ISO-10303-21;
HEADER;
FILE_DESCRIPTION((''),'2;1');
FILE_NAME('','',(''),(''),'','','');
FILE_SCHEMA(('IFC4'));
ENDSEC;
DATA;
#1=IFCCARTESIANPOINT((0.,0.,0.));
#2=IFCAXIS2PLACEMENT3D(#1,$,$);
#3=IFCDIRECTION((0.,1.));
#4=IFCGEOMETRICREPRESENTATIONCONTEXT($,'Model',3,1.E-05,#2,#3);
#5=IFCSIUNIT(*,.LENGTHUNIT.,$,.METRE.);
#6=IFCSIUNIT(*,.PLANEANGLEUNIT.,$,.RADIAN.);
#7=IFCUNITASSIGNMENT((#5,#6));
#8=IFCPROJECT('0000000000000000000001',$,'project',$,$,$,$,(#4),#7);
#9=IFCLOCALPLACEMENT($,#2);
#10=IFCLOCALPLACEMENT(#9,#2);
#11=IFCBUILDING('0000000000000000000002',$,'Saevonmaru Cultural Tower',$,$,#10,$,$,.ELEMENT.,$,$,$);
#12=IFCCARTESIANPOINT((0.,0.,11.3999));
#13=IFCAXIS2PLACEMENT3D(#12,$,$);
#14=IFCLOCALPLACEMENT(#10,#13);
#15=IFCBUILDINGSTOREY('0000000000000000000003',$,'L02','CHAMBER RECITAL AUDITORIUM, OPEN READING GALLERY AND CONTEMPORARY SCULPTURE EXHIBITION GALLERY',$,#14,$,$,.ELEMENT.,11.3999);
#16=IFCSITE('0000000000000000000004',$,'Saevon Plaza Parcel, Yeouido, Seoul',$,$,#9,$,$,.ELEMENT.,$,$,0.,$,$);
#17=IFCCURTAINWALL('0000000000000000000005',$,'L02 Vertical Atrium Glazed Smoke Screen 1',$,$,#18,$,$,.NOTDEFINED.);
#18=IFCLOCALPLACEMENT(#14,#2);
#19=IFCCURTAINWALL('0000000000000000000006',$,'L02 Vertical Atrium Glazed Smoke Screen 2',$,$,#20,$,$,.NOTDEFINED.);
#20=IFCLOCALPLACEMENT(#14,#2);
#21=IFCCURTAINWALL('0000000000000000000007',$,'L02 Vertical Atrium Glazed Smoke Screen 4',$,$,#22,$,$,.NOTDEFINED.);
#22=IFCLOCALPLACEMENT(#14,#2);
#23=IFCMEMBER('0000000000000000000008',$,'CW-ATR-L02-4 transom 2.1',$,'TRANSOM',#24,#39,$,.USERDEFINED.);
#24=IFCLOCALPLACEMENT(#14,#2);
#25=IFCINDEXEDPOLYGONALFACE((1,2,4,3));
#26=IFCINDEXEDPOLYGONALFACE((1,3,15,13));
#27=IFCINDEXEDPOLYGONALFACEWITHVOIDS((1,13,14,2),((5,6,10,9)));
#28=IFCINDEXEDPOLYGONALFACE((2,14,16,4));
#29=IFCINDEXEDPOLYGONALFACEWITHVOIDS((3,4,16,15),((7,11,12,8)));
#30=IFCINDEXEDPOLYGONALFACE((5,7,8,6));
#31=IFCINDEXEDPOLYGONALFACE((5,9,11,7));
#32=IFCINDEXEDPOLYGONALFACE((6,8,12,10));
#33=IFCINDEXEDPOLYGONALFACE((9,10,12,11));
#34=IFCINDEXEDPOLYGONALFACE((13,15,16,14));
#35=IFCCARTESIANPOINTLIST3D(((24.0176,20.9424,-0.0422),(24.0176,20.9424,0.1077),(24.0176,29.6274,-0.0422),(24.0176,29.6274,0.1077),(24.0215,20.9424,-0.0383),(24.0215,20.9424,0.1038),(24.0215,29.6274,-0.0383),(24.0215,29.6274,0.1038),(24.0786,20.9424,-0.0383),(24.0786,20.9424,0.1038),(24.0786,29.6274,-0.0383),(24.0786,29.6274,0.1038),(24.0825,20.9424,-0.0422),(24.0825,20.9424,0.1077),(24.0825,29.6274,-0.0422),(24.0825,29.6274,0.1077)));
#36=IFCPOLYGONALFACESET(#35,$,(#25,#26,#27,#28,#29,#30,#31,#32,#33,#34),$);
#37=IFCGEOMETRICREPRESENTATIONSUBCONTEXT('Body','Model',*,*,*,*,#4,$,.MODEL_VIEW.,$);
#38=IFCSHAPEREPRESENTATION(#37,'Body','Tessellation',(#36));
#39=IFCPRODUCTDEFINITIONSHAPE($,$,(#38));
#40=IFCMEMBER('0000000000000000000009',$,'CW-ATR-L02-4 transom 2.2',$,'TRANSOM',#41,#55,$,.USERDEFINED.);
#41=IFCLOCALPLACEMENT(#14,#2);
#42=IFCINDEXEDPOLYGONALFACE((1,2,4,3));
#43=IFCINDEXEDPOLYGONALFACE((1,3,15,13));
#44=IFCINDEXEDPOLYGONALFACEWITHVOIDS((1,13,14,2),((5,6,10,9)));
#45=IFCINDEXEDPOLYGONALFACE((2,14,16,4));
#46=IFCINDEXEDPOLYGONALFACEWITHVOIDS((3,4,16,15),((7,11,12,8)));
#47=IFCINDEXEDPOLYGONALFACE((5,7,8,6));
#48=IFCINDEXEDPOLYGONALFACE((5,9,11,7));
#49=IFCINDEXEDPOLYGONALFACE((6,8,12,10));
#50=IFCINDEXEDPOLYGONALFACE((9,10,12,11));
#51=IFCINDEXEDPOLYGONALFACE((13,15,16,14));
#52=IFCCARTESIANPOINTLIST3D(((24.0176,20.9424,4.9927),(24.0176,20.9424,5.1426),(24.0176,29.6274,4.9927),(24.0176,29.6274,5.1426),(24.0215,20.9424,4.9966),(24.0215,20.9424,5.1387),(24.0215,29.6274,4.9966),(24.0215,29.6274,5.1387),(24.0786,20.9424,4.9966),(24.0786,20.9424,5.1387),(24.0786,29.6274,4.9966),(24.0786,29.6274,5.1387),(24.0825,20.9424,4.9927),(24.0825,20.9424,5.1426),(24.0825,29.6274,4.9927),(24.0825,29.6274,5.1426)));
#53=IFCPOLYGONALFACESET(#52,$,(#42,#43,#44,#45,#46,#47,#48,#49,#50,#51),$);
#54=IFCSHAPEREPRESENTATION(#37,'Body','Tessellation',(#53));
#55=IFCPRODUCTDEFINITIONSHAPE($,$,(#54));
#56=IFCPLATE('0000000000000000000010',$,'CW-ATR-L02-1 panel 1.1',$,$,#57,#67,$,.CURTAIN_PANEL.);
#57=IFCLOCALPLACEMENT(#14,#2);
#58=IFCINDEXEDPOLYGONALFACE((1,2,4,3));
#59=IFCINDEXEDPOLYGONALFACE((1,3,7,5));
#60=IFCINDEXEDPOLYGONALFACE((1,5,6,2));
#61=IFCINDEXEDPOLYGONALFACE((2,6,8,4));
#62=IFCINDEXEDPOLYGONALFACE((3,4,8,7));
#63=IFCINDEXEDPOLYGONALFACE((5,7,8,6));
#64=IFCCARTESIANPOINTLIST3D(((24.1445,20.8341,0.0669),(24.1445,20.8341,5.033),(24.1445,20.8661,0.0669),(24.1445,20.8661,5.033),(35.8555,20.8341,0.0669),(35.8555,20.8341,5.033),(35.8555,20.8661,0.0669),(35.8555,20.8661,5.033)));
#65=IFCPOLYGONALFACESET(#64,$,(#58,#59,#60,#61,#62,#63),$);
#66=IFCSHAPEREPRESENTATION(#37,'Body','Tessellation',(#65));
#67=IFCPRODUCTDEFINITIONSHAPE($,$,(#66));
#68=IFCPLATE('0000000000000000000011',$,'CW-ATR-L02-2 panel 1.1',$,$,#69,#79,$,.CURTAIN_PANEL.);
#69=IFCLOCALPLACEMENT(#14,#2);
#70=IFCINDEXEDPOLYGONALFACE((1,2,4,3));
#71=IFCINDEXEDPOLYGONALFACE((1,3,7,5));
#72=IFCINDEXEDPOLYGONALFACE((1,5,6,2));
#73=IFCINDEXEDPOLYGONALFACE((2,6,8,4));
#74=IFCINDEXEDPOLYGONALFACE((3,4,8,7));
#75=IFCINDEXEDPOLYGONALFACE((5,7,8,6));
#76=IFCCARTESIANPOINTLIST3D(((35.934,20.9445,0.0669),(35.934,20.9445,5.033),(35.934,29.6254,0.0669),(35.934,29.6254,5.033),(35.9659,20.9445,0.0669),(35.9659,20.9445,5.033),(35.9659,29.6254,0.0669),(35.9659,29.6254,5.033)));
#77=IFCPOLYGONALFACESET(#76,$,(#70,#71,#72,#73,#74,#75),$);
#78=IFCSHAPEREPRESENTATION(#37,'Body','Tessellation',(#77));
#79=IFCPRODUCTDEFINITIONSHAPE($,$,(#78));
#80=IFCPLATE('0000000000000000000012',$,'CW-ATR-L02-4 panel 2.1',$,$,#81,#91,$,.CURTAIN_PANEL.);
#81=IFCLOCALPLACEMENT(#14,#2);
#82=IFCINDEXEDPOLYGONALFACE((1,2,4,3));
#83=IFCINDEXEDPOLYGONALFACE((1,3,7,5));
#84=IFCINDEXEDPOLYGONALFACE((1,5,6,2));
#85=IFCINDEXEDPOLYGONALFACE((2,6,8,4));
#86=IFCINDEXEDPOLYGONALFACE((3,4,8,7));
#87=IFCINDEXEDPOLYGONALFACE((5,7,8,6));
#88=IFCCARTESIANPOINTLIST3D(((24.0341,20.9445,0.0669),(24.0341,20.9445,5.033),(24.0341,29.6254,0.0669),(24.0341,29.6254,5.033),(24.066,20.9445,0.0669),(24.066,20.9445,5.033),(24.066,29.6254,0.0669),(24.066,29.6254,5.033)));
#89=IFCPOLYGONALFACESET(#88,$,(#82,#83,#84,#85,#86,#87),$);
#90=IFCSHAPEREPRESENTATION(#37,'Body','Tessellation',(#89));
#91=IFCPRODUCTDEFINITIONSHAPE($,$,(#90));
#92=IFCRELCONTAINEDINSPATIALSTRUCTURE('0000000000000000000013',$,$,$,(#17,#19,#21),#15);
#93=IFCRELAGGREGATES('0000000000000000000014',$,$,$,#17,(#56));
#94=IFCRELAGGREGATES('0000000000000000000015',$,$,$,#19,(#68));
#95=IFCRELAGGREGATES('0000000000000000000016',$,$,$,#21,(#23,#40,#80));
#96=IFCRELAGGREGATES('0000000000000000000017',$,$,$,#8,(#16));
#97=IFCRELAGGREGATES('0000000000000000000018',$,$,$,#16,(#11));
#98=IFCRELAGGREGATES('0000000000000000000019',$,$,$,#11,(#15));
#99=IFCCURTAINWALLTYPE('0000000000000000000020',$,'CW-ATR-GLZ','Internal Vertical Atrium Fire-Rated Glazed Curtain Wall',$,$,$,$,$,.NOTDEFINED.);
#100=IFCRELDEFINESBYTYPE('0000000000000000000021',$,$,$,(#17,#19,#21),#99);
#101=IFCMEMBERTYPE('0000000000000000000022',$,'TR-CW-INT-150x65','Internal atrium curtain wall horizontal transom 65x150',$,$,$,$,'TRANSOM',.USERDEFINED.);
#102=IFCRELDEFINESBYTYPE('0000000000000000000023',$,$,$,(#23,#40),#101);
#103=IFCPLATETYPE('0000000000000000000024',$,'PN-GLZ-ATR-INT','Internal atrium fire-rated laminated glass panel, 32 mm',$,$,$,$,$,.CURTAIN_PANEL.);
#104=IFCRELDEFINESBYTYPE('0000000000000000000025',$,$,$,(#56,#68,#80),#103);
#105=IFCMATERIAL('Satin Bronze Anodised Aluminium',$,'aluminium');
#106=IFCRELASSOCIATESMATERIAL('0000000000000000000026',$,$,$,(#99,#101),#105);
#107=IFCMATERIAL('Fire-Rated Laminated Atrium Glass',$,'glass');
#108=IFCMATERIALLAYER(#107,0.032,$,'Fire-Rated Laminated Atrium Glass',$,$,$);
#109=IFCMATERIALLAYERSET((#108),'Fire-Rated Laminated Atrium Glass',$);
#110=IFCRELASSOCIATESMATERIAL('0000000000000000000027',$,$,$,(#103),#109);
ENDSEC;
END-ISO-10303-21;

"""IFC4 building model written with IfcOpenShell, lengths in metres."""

from ifc_helpers import new_model, si_unit, direction, frame, origin, origin_2d, place, context, subcontext, project, spatial, rectangle, hollow_rectangle, extrude, material, layer, layer_set, material_profile, profile_set, type_object, element, aggregate, save


model = new_model("IFC4")

# Units and contexts
model_context = context("Model", 3, precision=1e-05, world=origin(), true_north=direction((0.0, 1.0)))
body_context = subcontext(model_context, "Body", "Model", "MODEL_VIEW")
ifc_project = project(units=[si_unit("LENGTHUNIT", "METRE"), si_unit("PLANEANGLEUNIT", "RADIAN")], contexts=[model_context])

# Site, building, storey
site_placement = place(None, origin())
site = spatial("IfcSite", under=ifc_project, at=site_placement, Name="Saevon Plaza Parcel, Yeouido, Seoul", CompositionType="ELEMENT", RefElevation=0.0)
building_placement = place(site_placement, origin())
building = spatial("IfcBuilding", under=site, at=building_placement, Name="Saevonmaru Cultural Tower", CompositionType="ELEMENT")
storey_placement = place(building_placement, frame((0.0, 0.0, 11.3999)))
storey = spatial("IfcBuildingStorey", under=building, at=storey_placement, Name="L02", Description="CHAMBER RECITAL AUDITORIUM, OPEN READING GALLERY AND CONTEMPORARY SCULPTURE EXHIBITION GALLERY", CompositionType="ELEMENT", Elevation=11.3999)

# Curtain walls
ifc_material_1 = material(Name="Satin Bronze Anodised Aluminium", Category="aluminium")
curtain_wall_type = type_object("IfcCurtainWallType", Name="CW-ATR-GLZ", Description="Internal Vertical Atrium Fire-Rated Glazed Curtain Wall", PredefinedType="NOTDEFINED", material=ifc_material_1)
curtain_wall_1_placement = place(storey_placement, origin())
curtain_wall_1 = element("IfcCurtainWall", 1, at=curtain_wall_1_placement, inside=storey, type_object=curtain_wall_type, Name="L02 Vertical Atrium Glazed Smoke Screen 1", PredefinedType="NOTDEFINED")
curtain_wall_2_placement = place(storey_placement, origin())
curtain_wall_2 = element("IfcCurtainWall", 2, at=curtain_wall_2_placement, inside=storey, type_object=curtain_wall_type, Name="L02 Vertical Atrium Glazed Smoke Screen 2", PredefinedType="NOTDEFINED")
curtain_wall_3_placement = place(storey_placement, origin())
curtain_wall_3 = element("IfcCurtainWall", 3, at=curtain_wall_3_placement, inside=storey, type_object=curtain_wall_type, Name="L02 Vertical Atrium Glazed Smoke Screen 4", PredefinedType="NOTDEFINED")

# Members
ifc_material_profile_1 = material_profile(ifc_material_1, hollow_rectangle(XDim=0.0649, YDim=0.1499, WallThickness=0.0039, at=origin_2d()), Name="ALU-TRAN-150x65x4")
ifc_profile_set_1 = profile_set([ifc_material_profile_1], Name="Satin Bronze Anodised Aluminium")
member_type_1 = type_object("IfcMemberType", Name="TR-CW-INT-150x65", Description="Internal atrium curtain wall horizontal transom 65x150", ElementType="TRANSOM", PredefinedType="USERDEFINED", material=ifc_profile_set_1)
member_1_placement = place(storey_placement, frame((24.05, 29.6274, 0.0327), z_axis=(0.0, -1.0, 0.0), x_axis=(1.0, 0.0, 0.0)))
member_1 = element("IfcMember", 4, at=member_1_placement, type_object=member_type_1, Name="CW-ATR-L02-4 transom 2.1", ObjectType="TRANSOM", PredefinedType="USERDEFINED", context=body_context, shape_type="SweptSolid", body=[
    extrude(hollow_rectangle(XDim=0.0649, YDim=0.1499, WallThickness=0.0039, at=origin_2d()), origin(), (0.0, 0.0, 1.0), 8.6851),
])
member_2_placement = place(storey_placement, frame((24.05, 29.6274, 5.0676), z_axis=(0.0, -1.0, 0.0), x_axis=(1.0, 0.0, 0.0)))
member_2 = element("IfcMember", 5, at=member_2_placement, type_object=member_type_1, Name="CW-ATR-L02-4 transom 2.2", ObjectType="TRANSOM", PredefinedType="USERDEFINED", context=body_context, shape_type="SweptSolid", body=[
    extrude(hollow_rectangle(XDim=0.0649, YDim=0.1499, WallThickness=0.0039, at=origin_2d()), origin(), (0.0, 0.0, 1.0), 8.6851),
])

# Plates
ifc_material_2 = material(Name="Fire-Rated Laminated Atrium Glass", Category="glass")
ifc_layer = layer(ifc_material_2, 0.032, Name="Fire-Rated Laminated Atrium Glass")
ifc_layer_set = layer_set([ifc_layer], Name="Fire-Rated Laminated Atrium Glass")
plate_type = type_object("IfcPlateType", Name="PN-GLZ-ATR-INT", Description="Internal atrium fire-rated laminated glass panel, 32 mm", PredefinedType="CURTAIN_PANEL", material=ifc_layer_set)
plate_1_placement = place(storey_placement, frame((30.0, 20.8501, 0.0669), z_axis=(0.0, 0.0, 1.0), x_axis=(1.0, 0.0, 0.0)))
plate_1 = element("IfcPlate", 6, at=plate_1_placement, type_object=plate_type, Name="CW-ATR-L02-1 panel 1.1", PredefinedType="CURTAIN_PANEL", context=body_context, shape_type="SweptSolid", body=[
    extrude(rectangle(XDim=11.7109, YDim=0.032, at=origin_2d()), origin(), (0.0, 0.0, 1.0), 4.9661),
])
aggregate(curtain_wall_1, [plate_1])
plate_2_placement = place(storey_placement, frame((35.95, 25.2849, 0.0669), z_axis=(0.0, 0.0, 1.0), x_axis=(0.0, 1.0, 0.0)))
plate_2 = element("IfcPlate", 7, at=plate_2_placement, type_object=plate_type, Name="CW-ATR-L02-2 panel 1.1", PredefinedType="CURTAIN_PANEL", context=body_context, shape_type="SweptSolid", body=[
    extrude(rectangle(XDim=8.6809, YDim=0.032, at=origin_2d()), origin(), (0.0, 0.0, 1.0), 4.9661),
])
aggregate(curtain_wall_2, [plate_2])
plate_3_placement = place(storey_placement, frame((24.05, 25.2849, 0.0669), z_axis=(0.0, 0.0, 1.0), x_axis=(0.0, -1.0, 0.0)))
plate_3 = element("IfcPlate", 8, at=plate_3_placement, type_object=plate_type, Name="CW-ATR-L02-4 panel 2.1", PredefinedType="CURTAIN_PANEL", context=body_context, shape_type="SweptSolid", body=[
    extrude(rectangle(XDim=8.6809, YDim=0.032, at=origin_2d()), origin(), (0.0, 0.0, 1.0), 4.9661),
])
aggregate(curtain_wall_3, [member_1, member_2, plate_3])

save(model, "model.ifc")
